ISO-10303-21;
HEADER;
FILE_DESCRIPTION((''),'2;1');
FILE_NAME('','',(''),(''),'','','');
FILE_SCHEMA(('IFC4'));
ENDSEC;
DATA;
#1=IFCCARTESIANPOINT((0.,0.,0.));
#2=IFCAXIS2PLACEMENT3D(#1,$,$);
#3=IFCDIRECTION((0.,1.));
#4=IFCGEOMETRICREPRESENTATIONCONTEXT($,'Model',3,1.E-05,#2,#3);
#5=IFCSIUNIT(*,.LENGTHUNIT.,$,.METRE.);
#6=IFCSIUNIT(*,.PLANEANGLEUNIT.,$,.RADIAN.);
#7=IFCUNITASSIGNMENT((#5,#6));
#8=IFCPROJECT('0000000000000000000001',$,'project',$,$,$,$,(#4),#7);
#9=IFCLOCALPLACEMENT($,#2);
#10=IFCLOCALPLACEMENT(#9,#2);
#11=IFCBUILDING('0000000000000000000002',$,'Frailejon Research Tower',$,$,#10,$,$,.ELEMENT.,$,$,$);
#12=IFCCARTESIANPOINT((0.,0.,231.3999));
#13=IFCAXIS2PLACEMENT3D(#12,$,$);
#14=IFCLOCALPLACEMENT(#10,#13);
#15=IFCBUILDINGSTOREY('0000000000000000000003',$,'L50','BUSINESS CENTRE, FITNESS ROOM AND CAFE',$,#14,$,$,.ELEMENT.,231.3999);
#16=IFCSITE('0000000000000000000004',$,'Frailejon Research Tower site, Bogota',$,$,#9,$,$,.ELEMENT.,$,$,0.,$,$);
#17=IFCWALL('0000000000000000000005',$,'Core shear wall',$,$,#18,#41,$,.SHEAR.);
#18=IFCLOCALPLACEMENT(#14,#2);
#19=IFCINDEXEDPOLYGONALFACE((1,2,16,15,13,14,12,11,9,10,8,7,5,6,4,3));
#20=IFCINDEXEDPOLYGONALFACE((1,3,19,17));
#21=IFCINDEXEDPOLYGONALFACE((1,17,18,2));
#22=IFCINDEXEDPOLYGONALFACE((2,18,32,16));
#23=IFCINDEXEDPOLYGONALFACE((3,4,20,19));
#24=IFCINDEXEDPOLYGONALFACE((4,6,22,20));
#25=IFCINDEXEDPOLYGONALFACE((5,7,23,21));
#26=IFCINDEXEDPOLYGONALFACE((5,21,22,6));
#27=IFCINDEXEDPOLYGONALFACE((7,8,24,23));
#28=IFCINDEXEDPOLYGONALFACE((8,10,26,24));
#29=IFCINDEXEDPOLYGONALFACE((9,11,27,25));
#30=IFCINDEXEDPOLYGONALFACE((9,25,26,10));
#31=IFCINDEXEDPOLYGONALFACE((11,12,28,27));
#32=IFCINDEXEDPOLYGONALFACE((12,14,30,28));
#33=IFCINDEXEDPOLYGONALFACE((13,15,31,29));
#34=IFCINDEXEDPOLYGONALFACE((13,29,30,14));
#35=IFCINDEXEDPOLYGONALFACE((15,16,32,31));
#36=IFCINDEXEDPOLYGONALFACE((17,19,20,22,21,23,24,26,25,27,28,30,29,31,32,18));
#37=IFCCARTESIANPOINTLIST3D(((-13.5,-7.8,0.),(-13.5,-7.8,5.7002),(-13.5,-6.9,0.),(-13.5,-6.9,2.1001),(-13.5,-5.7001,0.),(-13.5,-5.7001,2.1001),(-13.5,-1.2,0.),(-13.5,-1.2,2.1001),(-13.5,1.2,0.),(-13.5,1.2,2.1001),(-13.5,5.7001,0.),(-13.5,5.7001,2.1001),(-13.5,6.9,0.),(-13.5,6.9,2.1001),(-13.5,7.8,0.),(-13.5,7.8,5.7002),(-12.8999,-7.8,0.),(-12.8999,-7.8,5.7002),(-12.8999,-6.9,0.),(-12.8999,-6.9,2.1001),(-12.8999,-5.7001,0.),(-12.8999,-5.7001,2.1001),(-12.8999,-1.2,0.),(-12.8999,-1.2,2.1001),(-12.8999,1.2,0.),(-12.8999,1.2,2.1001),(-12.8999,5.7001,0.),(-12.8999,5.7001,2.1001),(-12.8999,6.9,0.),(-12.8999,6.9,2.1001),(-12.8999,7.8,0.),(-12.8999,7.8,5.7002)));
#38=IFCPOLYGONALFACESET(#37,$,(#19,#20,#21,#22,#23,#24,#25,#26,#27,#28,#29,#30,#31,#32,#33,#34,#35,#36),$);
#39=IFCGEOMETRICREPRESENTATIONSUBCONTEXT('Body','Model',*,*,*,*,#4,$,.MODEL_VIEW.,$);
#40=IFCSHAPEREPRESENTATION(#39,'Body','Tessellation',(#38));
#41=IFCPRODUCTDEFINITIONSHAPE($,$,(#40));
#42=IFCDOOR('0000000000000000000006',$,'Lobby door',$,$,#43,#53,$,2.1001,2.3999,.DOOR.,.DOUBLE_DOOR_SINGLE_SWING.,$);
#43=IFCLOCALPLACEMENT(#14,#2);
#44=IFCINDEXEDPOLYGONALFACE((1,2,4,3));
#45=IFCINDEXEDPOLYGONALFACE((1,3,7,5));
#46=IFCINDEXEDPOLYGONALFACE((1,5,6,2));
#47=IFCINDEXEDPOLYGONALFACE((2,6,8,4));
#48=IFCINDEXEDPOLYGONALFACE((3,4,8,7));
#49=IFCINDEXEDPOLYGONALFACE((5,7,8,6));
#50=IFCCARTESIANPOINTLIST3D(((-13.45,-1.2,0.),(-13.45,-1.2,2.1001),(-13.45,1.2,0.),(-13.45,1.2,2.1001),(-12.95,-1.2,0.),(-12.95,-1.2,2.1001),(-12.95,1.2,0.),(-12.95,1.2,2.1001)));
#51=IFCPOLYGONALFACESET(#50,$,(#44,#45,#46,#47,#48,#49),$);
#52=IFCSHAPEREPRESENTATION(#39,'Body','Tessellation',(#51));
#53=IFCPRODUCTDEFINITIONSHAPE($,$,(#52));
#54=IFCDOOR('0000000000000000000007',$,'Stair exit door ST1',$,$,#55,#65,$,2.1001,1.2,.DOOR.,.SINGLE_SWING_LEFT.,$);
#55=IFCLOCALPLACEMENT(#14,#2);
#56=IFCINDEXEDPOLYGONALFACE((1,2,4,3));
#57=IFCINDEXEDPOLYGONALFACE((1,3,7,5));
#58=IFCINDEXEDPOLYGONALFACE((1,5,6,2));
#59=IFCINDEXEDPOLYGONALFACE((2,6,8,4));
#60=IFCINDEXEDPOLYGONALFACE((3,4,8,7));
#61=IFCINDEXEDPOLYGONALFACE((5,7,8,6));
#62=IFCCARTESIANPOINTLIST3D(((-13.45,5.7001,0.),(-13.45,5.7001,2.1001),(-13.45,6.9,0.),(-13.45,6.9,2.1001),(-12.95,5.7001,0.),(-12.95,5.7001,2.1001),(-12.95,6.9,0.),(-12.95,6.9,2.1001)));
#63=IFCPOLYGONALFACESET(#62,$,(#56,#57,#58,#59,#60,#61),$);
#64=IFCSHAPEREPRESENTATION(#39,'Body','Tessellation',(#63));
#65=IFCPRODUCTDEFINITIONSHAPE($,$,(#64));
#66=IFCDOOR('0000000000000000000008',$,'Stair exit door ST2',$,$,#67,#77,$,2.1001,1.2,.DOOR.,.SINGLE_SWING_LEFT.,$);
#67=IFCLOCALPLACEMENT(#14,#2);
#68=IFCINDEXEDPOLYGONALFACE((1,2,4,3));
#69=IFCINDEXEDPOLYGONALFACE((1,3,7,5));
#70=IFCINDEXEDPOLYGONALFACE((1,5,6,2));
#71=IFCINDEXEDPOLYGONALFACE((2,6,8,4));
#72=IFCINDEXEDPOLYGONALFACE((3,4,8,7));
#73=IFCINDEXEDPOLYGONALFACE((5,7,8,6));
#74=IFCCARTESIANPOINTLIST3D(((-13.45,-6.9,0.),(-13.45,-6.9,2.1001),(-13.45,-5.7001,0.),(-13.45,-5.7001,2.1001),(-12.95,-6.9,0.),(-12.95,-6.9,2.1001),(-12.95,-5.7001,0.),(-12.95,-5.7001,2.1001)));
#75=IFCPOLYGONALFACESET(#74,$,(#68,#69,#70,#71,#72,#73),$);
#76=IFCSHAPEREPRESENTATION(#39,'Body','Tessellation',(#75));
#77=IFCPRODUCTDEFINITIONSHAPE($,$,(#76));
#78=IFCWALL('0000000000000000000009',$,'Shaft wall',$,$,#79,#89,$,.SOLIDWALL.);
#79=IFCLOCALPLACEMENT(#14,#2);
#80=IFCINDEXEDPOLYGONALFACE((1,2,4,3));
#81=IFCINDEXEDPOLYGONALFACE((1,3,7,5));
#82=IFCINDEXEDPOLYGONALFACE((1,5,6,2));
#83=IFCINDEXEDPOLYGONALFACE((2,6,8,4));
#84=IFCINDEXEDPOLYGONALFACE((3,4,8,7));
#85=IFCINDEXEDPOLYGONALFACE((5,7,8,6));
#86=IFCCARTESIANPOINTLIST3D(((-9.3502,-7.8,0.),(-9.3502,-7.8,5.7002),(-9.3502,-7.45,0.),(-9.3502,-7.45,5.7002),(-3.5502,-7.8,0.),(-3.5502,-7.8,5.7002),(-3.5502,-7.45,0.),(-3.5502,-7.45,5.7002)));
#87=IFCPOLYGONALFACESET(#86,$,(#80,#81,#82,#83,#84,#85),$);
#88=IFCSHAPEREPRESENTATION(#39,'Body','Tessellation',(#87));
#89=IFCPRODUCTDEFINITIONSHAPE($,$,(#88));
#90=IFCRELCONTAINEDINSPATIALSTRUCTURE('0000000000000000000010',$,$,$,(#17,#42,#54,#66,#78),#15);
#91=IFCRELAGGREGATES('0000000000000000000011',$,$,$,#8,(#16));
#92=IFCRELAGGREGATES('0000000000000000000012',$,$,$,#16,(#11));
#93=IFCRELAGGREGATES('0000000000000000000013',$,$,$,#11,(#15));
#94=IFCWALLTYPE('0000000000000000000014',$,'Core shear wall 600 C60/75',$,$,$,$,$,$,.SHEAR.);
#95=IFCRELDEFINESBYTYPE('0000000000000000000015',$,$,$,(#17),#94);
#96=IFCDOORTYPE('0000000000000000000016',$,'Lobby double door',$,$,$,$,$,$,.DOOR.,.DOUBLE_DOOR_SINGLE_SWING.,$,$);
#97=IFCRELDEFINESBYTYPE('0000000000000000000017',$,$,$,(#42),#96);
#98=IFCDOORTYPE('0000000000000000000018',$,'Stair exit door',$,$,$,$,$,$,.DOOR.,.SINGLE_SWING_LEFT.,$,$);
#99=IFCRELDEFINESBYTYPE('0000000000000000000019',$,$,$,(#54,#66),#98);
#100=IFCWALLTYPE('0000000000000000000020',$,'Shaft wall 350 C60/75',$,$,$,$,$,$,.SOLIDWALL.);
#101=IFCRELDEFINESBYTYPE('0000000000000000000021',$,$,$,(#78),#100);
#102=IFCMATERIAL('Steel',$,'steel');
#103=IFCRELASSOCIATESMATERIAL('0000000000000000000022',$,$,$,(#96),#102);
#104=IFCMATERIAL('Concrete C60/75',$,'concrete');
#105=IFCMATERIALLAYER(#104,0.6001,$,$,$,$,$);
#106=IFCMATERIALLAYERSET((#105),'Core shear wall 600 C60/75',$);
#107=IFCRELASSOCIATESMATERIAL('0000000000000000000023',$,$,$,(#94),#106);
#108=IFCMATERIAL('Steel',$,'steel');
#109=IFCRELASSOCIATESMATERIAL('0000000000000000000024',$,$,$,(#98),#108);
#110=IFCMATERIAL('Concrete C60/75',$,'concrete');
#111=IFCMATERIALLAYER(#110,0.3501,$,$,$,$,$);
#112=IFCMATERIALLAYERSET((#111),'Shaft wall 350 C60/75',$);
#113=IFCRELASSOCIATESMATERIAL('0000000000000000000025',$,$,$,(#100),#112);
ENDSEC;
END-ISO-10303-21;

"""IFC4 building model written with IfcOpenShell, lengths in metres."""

from ifc_helpers import new_model, si_unit, direction, frame, frame_2d, origin, place, context, subcontext, project, spatial, rectangle, extrude, material, layer, layer_set, type_object, element, fill, save


model = new_model("IFC4")

# Units and contexts
model_context = context("Model", 3, precision=1e-05, world=origin(), true_north=direction((0.0, 1.0)))
body_context = subcontext(model_context, "Body", "Model", "MODEL_VIEW")
ifc_project = project(units=[si_unit("LENGTHUNIT", "METRE"), si_unit("PLANEANGLEUNIT", "RADIAN")], contexts=[model_context])

# Site, building, storey
site_placement = place(None, origin())
site = spatial("IfcSite", under=ifc_project, at=site_placement, Name="Frailejon Research Tower site, Bogota", CompositionType="ELEMENT", RefElevation=0.0)
building_placement = place(site_placement, origin())
building = spatial("IfcBuilding", under=site, at=building_placement, Name="Frailejon Research Tower", CompositionType="ELEMENT")
storey_placement = place(building_placement, frame((0.0, 0.0, 231.3999)))
storey = spatial("IfcBuildingStorey", under=building, at=storey_placement, Name="L50", Description="BUSINESS CENTRE, FITNESS ROOM AND CAFE", CompositionType="ELEMENT", Elevation=231.3999)

# Shared definitions
ifc_material_1 = material(Name="Steel", Category="steel")
door_type_1 = type_object("IfcDoorType", Name="Lobby double door", OperationType="DOUBLE_DOOR_SINGLE_SWING", PredefinedType="DOOR", material=ifc_material_1)

# Shared definitions
ifc_material_2 = material(Name="Concrete C60/75", Category="concrete")
ifc_layer_1 = layer(ifc_material_2, 0.6001)
ifc_layer_set_1 = layer_set([ifc_layer_1], Name="Core shear wall 600 C60/75")
wall_type_1 = type_object("IfcWallType", Name="Core shear wall 600 C60/75", PredefinedType="SHEAR", material=ifc_layer_set_1)

# Wall, openings, doors
wall_1_placement = place(storey_placement, frame((-13.2, -7.8, 0.0), z_axis=(0.0, 0.0, 1.0), x_axis=(0.0, 1.0, 0.0)))
wall_1 = element("IfcWall", 1, at=wall_1_placement, inside=storey, type_object=wall_type_1, Name="Core shear wall", PredefinedType="SHEAR", context=body_context, shape_type="SweptSolid", body=[
    extrude(rectangle(XDim=15.6001, YDim=0.6001, at=frame_2d((7.8, 0.0))), origin(), (0.0, 0.0, 1.0), 5.7002),
])
opening_1_placement = place(wall_1_placement, frame((6.6001, 0.0, 0.0)))
opening_1 = element("IfcOpeningElement", 2, at=opening_1_placement, cuts=wall_1, PredefinedType="OPENING", context=body_context, shape_type="SweptSolid", body=[
    extrude(rectangle(XDim=2.3999, YDim=2.1001, at=frame_2d((1.2, 1.05))), frame((0.0, 0.3101, 0.0), z_axis=(0.0, -1.0, 0.0), x_axis=(1.0, 0.0, 0.0)), (0.0, 0.0, 1.0), 0.6201),
])
opening_2_placement = place(wall_1_placement, frame((13.5, 0.0, 0.0)))
opening_2 = element("IfcOpeningElement", 3, at=opening_2_placement, cuts=wall_1, PredefinedType="OPENING", context=body_context, shape_type="SweptSolid", body=[
    extrude(rectangle(XDim=1.2, YDim=2.1001, at=frame_2d((0.6001, 1.05))), frame((0.0, 0.3101, 0.0), z_axis=(0.0, -1.0, 0.0), x_axis=(1.0, 0.0, 0.0)), (0.0, 0.0, 1.0), 0.6201),
])
opening_3_placement = place(wall_1_placement, frame((0.8999, 0.0, 0.0)))
opening_3 = element("IfcOpeningElement", 4, at=opening_3_placement, cuts=wall_1, PredefinedType="OPENING", context=body_context, shape_type="SweptSolid", body=[
    extrude(rectangle(XDim=1.2, YDim=2.1001, at=frame_2d((0.6001, 1.05))), frame((0.0, 0.3101, 0.0), z_axis=(0.0, -1.0, 0.0), x_axis=(1.0, 0.0, 0.0)), (0.0, 0.0, 1.0), 0.6201),
])
door_1_placement = place(opening_1_placement, origin())
door_1 = element("IfcDoor", 5, at=door_1_placement, inside=storey, type_object=door_type_1, Name="Lobby door", OperationType="DOUBLE_DOOR_SINGLE_SWING", OverallHeight=2.1001, OverallWidth=2.3999, PredefinedType="DOOR", context=body_context, shape_type="SweptSolid", body=[
    extrude(rectangle(XDim=2.3999, YDim=2.1001, at=frame_2d((1.2, 1.05))), frame((0.0, 0.25, 0.0), z_axis=(0.0, -1.0, 0.0), x_axis=(1.0, 0.0, 0.0)), (0.0, 0.0, 1.0), 0.5),
])
fill(opening_1, door_1)
ifc_material_3 = material(Name="Steel", Category="steel")
door_type_2 = type_object("IfcDoorType", Name="Stair exit door", OperationType="SINGLE_SWING_LEFT", PredefinedType="DOOR", material=ifc_material_3)
door_2_placement = place(opening_2_placement, origin())
door_2 = element("IfcDoor", 6, at=door_2_placement, inside=storey, type_object=door_type_2, Name="Stair exit door ST1", OperationType="SINGLE_SWING_LEFT", OverallHeight=2.1001, OverallWidth=1.2, PredefinedType="DOOR", context=body_context, shape_type="SweptSolid", body=[
    extrude(rectangle(XDim=1.2, YDim=2.1001, at=frame_2d((0.6001, 1.05))), frame((0.0, 0.25, 0.0), z_axis=(0.0, -1.0, 0.0), x_axis=(1.0, 0.0, 0.0)), (0.0, 0.0, 1.0), 0.5),
])
fill(opening_2, door_2)
door_3_placement = place(opening_3_placement, origin())
door_3 = element("IfcDoor", 7, at=door_3_placement, inside=storey, type_object=door_type_2, Name="Stair exit door ST2", OperationType="SINGLE_SWING_LEFT", OverallHeight=2.1001, OverallWidth=1.2, PredefinedType="DOOR", context=body_context, shape_type="SweptSolid", body=[
    extrude(rectangle(XDim=1.2, YDim=2.1001, at=frame_2d((0.6001, 1.05))), frame((0.0, 0.25, 0.0), z_axis=(0.0, -1.0, 0.0), x_axis=(1.0, 0.0, 0.0)), (0.0, 0.0, 1.0), 0.5),
])
fill(opening_3, door_3)

# Wall
ifc_material_4 = material(Name="Concrete C60/75", Category="concrete")
ifc_layer_2 = layer(ifc_material_4, 0.3501)
ifc_layer_set_2 = layer_set([ifc_layer_2], Name="Shaft wall 350 C60/75")
wall_type_2 = type_object("IfcWallType", Name="Shaft wall 350 C60/75", PredefinedType="SOLIDWALL", material=ifc_layer_set_2)
wall_2_placement = place(storey_placement, frame((-9.3501, -7.625, 0.0), z_axis=(0.0, 0.0, 1.0), x_axis=(1.0, 0.0, 0.0)))
element("IfcWall", 8, at=wall_2_placement, inside=storey, type_object=wall_type_2, Name="Shaft wall", PredefinedType="SOLIDWALL", context=body_context, shape_type="SweptSolid", body=[
    extrude(rectangle(XDim=5.8, YDim=0.3501, at=frame_2d((2.8999, 0.0))), origin(), (0.0, 0.0, 1.0), 5.7002),
])

save(model, "model.ifc")
